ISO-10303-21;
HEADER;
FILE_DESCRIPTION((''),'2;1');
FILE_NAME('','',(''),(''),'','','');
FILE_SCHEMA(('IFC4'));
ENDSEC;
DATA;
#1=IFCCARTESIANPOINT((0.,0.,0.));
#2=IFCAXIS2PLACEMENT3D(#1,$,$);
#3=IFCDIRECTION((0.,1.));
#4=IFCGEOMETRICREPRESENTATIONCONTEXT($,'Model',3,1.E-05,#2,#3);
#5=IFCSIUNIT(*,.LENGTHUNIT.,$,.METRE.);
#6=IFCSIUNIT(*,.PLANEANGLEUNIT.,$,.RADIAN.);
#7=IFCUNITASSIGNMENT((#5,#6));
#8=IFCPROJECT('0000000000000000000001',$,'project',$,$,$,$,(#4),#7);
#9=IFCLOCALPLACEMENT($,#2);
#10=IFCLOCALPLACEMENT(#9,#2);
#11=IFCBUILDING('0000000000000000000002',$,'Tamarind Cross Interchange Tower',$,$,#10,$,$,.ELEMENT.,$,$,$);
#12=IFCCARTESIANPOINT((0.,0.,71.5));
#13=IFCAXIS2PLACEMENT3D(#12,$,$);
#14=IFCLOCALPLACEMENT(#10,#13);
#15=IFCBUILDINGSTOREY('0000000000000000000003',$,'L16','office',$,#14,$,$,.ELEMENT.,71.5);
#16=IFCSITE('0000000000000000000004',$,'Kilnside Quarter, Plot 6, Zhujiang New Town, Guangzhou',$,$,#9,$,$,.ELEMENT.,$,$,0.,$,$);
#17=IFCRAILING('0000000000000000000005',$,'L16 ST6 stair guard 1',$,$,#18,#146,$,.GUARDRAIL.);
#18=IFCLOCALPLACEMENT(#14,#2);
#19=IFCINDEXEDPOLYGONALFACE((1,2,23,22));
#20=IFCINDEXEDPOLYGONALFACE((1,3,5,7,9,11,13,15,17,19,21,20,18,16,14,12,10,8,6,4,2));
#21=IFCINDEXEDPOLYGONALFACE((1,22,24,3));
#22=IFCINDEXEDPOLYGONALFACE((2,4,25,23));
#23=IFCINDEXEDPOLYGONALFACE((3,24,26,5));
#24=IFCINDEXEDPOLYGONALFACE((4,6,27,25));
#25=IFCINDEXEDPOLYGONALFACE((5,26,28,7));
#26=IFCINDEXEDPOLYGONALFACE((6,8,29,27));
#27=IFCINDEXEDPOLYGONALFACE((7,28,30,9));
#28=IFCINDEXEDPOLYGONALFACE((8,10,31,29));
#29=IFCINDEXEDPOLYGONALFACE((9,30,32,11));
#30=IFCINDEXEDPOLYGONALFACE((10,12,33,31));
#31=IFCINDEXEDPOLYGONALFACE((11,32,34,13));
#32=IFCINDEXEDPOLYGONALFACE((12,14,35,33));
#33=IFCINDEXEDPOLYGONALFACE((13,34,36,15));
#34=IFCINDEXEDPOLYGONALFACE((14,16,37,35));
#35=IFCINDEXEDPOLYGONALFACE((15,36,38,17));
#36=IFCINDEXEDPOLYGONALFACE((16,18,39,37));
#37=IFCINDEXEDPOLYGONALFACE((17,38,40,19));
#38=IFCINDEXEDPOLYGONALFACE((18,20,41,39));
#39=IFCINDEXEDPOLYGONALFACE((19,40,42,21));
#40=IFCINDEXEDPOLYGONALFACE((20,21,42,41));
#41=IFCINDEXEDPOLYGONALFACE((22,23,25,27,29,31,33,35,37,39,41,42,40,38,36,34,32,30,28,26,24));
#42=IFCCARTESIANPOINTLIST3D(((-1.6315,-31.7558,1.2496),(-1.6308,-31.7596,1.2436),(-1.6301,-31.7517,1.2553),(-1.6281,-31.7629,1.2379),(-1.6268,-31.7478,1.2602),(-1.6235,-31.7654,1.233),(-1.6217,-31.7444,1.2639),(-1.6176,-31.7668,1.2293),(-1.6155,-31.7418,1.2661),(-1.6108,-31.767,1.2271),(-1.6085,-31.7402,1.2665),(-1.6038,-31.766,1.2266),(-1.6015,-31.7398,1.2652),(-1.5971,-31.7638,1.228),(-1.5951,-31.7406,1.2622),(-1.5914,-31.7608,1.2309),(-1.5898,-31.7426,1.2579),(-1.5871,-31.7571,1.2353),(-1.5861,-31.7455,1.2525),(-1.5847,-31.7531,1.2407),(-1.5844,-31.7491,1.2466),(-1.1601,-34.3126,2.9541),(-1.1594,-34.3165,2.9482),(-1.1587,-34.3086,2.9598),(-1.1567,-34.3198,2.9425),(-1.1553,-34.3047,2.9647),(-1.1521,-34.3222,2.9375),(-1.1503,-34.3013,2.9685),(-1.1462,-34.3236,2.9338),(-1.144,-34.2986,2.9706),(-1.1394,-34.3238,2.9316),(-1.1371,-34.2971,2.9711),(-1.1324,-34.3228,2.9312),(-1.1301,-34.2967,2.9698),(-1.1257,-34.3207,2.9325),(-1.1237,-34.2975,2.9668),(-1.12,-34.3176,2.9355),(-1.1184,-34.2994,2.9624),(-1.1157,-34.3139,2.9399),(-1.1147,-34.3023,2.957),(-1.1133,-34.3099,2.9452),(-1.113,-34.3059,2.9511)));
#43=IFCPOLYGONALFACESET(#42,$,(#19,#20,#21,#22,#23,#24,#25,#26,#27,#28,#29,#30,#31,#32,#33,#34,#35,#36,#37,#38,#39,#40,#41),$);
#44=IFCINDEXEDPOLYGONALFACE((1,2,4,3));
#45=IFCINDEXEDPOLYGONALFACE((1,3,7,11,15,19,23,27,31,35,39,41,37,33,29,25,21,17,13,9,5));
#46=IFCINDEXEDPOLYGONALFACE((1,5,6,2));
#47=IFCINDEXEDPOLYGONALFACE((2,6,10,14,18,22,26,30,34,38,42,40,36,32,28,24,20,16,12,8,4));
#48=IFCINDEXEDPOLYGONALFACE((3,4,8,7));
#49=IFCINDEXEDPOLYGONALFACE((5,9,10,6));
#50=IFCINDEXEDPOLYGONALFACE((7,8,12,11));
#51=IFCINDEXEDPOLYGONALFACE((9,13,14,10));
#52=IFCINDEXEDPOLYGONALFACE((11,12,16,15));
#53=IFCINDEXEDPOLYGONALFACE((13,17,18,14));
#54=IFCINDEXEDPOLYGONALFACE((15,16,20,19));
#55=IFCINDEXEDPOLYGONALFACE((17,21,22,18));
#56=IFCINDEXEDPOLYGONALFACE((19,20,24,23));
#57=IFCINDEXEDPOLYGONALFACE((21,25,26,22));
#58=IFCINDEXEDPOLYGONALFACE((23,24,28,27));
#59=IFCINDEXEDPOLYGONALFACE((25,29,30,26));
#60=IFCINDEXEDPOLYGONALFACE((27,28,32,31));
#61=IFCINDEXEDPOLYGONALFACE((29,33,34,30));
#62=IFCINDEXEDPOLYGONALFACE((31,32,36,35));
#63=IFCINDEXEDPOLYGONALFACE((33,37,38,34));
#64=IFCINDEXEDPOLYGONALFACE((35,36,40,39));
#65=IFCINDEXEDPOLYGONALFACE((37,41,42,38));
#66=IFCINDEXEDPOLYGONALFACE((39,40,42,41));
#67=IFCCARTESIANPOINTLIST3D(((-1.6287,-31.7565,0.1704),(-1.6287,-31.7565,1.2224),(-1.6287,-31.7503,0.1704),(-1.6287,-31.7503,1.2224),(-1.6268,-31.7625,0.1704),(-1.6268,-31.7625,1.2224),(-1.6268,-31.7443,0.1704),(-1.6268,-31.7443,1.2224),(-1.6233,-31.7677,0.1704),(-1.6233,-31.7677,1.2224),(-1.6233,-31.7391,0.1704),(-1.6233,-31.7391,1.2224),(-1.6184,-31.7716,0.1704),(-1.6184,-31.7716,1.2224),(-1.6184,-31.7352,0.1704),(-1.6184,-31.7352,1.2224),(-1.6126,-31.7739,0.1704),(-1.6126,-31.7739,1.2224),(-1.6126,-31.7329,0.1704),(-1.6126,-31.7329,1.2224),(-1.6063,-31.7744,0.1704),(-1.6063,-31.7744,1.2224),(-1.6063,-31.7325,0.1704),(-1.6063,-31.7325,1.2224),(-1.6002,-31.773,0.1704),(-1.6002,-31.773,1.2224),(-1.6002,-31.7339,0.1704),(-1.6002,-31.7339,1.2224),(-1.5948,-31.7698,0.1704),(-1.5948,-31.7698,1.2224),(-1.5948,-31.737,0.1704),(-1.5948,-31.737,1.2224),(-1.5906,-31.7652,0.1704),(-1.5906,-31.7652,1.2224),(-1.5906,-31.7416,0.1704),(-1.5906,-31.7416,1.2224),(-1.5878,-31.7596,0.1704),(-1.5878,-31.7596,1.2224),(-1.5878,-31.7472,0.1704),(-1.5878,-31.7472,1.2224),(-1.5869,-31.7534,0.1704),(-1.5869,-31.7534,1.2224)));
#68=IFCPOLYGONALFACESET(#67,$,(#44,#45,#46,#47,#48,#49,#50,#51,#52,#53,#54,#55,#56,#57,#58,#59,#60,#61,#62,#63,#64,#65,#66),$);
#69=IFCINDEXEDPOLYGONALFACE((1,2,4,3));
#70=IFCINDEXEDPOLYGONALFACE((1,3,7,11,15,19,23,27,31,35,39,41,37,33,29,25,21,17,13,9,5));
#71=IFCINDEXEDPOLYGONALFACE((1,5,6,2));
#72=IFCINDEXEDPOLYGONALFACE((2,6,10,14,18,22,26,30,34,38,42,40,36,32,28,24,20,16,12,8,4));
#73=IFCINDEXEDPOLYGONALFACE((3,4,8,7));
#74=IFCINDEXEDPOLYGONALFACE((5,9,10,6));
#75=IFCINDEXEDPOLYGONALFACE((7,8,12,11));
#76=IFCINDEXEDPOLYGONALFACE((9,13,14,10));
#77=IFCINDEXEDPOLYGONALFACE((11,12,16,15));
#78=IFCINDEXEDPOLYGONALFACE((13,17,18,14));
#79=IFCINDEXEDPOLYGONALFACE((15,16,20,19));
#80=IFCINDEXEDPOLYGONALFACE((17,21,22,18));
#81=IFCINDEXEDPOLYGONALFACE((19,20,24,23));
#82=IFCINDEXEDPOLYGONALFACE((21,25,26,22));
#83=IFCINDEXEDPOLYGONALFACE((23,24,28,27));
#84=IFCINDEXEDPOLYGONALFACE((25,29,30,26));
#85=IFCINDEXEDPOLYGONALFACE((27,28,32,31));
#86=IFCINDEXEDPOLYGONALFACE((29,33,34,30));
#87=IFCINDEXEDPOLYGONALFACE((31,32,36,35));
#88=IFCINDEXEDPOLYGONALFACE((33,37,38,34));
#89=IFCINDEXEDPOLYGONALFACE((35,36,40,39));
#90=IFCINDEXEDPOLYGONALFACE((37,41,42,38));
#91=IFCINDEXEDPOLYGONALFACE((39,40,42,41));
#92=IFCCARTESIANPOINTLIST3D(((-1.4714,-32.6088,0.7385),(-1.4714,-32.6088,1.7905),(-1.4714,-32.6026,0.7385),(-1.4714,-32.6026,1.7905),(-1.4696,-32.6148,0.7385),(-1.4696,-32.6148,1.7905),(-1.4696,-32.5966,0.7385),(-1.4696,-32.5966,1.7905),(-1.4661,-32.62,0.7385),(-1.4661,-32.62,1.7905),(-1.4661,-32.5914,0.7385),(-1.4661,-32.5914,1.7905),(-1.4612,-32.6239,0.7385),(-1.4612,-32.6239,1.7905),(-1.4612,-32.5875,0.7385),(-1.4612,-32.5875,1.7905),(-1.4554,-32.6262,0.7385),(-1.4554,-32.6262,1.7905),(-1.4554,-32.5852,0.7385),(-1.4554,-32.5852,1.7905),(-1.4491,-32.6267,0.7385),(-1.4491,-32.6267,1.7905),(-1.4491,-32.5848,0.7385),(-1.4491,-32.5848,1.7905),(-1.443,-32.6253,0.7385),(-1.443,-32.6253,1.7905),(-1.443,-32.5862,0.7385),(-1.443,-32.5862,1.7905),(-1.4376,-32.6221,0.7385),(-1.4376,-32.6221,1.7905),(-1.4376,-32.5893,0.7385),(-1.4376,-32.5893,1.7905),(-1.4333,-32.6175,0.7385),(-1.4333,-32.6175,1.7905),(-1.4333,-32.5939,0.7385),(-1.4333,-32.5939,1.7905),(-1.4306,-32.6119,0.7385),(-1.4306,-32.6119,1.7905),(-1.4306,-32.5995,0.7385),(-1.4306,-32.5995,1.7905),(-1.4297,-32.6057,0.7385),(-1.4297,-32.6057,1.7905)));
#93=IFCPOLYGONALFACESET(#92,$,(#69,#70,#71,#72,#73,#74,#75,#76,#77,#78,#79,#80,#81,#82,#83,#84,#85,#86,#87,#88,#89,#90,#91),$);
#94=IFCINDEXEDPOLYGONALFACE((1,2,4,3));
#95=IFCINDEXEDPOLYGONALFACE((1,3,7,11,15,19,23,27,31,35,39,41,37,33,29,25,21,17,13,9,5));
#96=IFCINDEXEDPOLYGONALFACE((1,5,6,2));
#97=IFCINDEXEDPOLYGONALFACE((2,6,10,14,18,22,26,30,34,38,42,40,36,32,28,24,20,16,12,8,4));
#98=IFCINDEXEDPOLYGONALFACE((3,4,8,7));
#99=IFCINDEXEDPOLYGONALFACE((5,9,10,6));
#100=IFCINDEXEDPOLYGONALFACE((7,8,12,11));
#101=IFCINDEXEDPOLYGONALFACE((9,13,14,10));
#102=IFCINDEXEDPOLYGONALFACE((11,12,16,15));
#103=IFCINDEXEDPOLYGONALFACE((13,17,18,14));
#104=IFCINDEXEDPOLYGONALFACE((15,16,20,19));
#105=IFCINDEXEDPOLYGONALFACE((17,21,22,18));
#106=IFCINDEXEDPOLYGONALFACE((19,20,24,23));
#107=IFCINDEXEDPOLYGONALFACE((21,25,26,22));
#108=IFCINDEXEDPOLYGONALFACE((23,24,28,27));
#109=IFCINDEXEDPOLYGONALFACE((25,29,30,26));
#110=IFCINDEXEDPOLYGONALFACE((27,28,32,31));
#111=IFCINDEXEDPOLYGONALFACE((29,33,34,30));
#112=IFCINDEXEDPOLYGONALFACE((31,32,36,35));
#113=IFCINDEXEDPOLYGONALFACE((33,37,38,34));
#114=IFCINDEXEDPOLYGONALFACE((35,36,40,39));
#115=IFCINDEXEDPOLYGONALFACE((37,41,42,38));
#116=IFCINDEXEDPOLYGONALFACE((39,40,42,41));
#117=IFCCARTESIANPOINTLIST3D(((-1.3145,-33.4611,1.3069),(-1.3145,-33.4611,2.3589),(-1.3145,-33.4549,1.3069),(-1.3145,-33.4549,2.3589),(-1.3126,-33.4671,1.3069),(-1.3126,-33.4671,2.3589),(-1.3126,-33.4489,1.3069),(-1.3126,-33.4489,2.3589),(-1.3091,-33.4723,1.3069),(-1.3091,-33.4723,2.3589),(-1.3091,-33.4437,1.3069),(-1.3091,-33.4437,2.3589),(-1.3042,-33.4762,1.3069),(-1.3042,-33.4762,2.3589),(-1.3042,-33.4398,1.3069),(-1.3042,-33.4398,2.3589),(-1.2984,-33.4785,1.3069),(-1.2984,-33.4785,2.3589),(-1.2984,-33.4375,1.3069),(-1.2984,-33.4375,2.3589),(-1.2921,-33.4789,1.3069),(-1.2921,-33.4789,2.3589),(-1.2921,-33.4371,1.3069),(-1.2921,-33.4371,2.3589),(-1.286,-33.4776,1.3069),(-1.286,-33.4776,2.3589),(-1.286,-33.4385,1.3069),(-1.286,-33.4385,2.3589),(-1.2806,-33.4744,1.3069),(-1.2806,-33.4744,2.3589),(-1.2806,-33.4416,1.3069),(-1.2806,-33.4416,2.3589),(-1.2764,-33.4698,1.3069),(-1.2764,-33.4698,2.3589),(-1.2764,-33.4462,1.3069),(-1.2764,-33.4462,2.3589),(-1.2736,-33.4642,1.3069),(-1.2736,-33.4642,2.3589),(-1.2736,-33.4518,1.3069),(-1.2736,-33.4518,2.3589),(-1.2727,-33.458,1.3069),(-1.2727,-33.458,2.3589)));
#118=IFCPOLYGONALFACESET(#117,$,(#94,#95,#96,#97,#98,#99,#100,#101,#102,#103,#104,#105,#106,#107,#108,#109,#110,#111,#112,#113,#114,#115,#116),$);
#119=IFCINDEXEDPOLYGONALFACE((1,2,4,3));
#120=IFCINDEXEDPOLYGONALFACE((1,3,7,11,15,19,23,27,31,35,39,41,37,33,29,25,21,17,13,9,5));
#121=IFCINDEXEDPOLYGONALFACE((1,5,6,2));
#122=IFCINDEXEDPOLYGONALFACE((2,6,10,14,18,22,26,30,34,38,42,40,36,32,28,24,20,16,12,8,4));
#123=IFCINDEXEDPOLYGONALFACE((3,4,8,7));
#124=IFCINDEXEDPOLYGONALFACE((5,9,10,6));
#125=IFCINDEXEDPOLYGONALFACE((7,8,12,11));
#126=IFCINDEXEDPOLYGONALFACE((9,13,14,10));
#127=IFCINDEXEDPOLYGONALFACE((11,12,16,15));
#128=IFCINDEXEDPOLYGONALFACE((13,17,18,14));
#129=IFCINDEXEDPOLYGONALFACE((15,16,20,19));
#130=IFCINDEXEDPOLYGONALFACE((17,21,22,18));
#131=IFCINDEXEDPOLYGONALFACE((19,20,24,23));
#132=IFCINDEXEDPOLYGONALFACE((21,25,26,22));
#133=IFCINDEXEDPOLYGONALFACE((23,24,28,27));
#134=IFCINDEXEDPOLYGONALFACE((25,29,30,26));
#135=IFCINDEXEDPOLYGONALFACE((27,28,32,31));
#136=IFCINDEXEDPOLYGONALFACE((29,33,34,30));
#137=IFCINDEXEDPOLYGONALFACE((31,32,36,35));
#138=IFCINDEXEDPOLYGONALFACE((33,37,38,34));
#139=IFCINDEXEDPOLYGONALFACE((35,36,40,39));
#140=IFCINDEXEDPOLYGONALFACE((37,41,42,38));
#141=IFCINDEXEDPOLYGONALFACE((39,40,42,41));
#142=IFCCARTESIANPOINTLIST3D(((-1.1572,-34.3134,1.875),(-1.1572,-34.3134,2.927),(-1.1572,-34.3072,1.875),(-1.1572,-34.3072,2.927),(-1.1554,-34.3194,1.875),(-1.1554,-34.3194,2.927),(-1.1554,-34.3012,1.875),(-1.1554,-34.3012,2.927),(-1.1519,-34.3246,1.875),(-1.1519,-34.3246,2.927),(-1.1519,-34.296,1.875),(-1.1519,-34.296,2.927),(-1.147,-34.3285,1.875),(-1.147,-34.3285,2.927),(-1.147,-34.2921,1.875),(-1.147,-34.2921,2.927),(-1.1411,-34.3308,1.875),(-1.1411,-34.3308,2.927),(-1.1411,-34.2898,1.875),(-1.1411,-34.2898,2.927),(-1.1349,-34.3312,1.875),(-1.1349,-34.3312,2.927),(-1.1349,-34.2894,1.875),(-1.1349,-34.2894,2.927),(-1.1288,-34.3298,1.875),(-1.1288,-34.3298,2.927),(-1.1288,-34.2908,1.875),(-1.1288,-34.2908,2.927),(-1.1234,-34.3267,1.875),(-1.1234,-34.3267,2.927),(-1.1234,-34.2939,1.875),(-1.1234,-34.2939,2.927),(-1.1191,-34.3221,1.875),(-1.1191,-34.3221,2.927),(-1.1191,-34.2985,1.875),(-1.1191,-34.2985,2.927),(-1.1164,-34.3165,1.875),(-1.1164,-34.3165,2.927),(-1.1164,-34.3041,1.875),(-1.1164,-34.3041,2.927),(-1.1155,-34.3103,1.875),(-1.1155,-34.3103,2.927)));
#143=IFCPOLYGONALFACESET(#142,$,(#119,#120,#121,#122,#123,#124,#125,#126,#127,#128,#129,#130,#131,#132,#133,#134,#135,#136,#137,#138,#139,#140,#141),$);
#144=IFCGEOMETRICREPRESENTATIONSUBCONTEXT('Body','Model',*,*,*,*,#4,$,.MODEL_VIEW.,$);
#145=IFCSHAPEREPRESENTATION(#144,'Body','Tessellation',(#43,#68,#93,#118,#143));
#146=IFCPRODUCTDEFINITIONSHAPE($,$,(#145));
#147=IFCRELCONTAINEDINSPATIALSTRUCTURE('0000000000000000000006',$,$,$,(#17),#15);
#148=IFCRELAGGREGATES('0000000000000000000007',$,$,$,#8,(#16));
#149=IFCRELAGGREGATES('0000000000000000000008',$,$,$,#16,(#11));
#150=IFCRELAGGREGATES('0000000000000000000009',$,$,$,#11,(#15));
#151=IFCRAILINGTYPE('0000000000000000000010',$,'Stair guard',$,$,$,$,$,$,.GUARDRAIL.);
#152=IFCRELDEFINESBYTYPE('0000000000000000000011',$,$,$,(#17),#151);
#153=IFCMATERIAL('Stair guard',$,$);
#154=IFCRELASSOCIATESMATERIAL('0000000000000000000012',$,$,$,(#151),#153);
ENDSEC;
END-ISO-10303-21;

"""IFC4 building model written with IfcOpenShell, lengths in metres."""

from ifc_helpers import new_model, si_unit, direction, frame, origin, origin_2d, place, context, subcontext, project, spatial, circle, extrude, material, type_object, element, save


model = new_model("IFC4")

# Units and contexts
model_context = context("Model", 3, precision=1e-05, world=origin(), true_north=direction((0.0, 1.0)))
body_context = subcontext(model_context, "Body", "Model", "MODEL_VIEW")
ifc_project = project(units=[si_unit("LENGTHUNIT", "METRE"), si_unit("PLANEANGLEUNIT", "RADIAN")], contexts=[model_context])

# Site, building, storey
site_placement = place(None, origin())
site = spatial("IfcSite", under=ifc_project, at=site_placement, Name="Kilnside Quarter, Plot 6, Zhujiang New Town, Guangzhou", CompositionType="ELEMENT", RefElevation=0.0)
building_placement = place(site_placement, origin())
building = spatial("IfcBuilding", under=site, at=building_placement, Name="Tamarind Cross Interchange Tower", CompositionType="ELEMENT")
storey_placement = place(building_placement, frame((0.0, 0.0, 71.5)))
storey = spatial("IfcBuildingStorey", under=building, at=storey_placement, Name="L16", Description="office", CompositionType="ELEMENT", Elevation=71.5)

# Railing
ifc_material_1 = material(Name="Stair guard")
railing_type_1 = type_object("IfcRailingType", Name="Stair guard", PredefinedType="GUARDRAIL", material=ifc_material_1)
railing_1_placement = place(storey_placement, frame((-1.6079, -31.7534, 0.1704)))
element("IfcRailing", 1, at=railing_1_placement, inside=storey, type_object=railing_type_1, Name="L16 ST6 stair guard 1", PredefinedType="GUARDRAIL", context=body_context, shape_type="SweptSolid", body=[
    extrude(circle(Radius=0.0239, at=origin_2d()), frame((0.0, 0.0, 1.0762), z_axis=(0.151638, -0.822428, 0.548286), x_axis=(0.983424, 0.181323, 0.0)), (0.0, 0.0, 1.0), 3.1089),
    extrude(circle(Radius=0.021, at=origin_2d()), origin(), (0.0, 0.0, 1.0), 1.052),
    extrude(circle(Radius=0.021, at=origin_2d()), frame((0.1572, -0.8523, 0.5681)), (0.0, 0.0, 1.0), 1.052),
    extrude(circle(Radius=0.021, at=origin_2d()), frame((0.3142, -1.7046, 1.1365)), (0.0, 0.0, 1.0), 1.052),
    extrude(circle(Radius=0.021, at=origin_2d()), frame((0.4714, -2.5569, 1.7046)), (0.0, 0.0, 1.0), 1.052),
])

save(model, "model.ifc")
